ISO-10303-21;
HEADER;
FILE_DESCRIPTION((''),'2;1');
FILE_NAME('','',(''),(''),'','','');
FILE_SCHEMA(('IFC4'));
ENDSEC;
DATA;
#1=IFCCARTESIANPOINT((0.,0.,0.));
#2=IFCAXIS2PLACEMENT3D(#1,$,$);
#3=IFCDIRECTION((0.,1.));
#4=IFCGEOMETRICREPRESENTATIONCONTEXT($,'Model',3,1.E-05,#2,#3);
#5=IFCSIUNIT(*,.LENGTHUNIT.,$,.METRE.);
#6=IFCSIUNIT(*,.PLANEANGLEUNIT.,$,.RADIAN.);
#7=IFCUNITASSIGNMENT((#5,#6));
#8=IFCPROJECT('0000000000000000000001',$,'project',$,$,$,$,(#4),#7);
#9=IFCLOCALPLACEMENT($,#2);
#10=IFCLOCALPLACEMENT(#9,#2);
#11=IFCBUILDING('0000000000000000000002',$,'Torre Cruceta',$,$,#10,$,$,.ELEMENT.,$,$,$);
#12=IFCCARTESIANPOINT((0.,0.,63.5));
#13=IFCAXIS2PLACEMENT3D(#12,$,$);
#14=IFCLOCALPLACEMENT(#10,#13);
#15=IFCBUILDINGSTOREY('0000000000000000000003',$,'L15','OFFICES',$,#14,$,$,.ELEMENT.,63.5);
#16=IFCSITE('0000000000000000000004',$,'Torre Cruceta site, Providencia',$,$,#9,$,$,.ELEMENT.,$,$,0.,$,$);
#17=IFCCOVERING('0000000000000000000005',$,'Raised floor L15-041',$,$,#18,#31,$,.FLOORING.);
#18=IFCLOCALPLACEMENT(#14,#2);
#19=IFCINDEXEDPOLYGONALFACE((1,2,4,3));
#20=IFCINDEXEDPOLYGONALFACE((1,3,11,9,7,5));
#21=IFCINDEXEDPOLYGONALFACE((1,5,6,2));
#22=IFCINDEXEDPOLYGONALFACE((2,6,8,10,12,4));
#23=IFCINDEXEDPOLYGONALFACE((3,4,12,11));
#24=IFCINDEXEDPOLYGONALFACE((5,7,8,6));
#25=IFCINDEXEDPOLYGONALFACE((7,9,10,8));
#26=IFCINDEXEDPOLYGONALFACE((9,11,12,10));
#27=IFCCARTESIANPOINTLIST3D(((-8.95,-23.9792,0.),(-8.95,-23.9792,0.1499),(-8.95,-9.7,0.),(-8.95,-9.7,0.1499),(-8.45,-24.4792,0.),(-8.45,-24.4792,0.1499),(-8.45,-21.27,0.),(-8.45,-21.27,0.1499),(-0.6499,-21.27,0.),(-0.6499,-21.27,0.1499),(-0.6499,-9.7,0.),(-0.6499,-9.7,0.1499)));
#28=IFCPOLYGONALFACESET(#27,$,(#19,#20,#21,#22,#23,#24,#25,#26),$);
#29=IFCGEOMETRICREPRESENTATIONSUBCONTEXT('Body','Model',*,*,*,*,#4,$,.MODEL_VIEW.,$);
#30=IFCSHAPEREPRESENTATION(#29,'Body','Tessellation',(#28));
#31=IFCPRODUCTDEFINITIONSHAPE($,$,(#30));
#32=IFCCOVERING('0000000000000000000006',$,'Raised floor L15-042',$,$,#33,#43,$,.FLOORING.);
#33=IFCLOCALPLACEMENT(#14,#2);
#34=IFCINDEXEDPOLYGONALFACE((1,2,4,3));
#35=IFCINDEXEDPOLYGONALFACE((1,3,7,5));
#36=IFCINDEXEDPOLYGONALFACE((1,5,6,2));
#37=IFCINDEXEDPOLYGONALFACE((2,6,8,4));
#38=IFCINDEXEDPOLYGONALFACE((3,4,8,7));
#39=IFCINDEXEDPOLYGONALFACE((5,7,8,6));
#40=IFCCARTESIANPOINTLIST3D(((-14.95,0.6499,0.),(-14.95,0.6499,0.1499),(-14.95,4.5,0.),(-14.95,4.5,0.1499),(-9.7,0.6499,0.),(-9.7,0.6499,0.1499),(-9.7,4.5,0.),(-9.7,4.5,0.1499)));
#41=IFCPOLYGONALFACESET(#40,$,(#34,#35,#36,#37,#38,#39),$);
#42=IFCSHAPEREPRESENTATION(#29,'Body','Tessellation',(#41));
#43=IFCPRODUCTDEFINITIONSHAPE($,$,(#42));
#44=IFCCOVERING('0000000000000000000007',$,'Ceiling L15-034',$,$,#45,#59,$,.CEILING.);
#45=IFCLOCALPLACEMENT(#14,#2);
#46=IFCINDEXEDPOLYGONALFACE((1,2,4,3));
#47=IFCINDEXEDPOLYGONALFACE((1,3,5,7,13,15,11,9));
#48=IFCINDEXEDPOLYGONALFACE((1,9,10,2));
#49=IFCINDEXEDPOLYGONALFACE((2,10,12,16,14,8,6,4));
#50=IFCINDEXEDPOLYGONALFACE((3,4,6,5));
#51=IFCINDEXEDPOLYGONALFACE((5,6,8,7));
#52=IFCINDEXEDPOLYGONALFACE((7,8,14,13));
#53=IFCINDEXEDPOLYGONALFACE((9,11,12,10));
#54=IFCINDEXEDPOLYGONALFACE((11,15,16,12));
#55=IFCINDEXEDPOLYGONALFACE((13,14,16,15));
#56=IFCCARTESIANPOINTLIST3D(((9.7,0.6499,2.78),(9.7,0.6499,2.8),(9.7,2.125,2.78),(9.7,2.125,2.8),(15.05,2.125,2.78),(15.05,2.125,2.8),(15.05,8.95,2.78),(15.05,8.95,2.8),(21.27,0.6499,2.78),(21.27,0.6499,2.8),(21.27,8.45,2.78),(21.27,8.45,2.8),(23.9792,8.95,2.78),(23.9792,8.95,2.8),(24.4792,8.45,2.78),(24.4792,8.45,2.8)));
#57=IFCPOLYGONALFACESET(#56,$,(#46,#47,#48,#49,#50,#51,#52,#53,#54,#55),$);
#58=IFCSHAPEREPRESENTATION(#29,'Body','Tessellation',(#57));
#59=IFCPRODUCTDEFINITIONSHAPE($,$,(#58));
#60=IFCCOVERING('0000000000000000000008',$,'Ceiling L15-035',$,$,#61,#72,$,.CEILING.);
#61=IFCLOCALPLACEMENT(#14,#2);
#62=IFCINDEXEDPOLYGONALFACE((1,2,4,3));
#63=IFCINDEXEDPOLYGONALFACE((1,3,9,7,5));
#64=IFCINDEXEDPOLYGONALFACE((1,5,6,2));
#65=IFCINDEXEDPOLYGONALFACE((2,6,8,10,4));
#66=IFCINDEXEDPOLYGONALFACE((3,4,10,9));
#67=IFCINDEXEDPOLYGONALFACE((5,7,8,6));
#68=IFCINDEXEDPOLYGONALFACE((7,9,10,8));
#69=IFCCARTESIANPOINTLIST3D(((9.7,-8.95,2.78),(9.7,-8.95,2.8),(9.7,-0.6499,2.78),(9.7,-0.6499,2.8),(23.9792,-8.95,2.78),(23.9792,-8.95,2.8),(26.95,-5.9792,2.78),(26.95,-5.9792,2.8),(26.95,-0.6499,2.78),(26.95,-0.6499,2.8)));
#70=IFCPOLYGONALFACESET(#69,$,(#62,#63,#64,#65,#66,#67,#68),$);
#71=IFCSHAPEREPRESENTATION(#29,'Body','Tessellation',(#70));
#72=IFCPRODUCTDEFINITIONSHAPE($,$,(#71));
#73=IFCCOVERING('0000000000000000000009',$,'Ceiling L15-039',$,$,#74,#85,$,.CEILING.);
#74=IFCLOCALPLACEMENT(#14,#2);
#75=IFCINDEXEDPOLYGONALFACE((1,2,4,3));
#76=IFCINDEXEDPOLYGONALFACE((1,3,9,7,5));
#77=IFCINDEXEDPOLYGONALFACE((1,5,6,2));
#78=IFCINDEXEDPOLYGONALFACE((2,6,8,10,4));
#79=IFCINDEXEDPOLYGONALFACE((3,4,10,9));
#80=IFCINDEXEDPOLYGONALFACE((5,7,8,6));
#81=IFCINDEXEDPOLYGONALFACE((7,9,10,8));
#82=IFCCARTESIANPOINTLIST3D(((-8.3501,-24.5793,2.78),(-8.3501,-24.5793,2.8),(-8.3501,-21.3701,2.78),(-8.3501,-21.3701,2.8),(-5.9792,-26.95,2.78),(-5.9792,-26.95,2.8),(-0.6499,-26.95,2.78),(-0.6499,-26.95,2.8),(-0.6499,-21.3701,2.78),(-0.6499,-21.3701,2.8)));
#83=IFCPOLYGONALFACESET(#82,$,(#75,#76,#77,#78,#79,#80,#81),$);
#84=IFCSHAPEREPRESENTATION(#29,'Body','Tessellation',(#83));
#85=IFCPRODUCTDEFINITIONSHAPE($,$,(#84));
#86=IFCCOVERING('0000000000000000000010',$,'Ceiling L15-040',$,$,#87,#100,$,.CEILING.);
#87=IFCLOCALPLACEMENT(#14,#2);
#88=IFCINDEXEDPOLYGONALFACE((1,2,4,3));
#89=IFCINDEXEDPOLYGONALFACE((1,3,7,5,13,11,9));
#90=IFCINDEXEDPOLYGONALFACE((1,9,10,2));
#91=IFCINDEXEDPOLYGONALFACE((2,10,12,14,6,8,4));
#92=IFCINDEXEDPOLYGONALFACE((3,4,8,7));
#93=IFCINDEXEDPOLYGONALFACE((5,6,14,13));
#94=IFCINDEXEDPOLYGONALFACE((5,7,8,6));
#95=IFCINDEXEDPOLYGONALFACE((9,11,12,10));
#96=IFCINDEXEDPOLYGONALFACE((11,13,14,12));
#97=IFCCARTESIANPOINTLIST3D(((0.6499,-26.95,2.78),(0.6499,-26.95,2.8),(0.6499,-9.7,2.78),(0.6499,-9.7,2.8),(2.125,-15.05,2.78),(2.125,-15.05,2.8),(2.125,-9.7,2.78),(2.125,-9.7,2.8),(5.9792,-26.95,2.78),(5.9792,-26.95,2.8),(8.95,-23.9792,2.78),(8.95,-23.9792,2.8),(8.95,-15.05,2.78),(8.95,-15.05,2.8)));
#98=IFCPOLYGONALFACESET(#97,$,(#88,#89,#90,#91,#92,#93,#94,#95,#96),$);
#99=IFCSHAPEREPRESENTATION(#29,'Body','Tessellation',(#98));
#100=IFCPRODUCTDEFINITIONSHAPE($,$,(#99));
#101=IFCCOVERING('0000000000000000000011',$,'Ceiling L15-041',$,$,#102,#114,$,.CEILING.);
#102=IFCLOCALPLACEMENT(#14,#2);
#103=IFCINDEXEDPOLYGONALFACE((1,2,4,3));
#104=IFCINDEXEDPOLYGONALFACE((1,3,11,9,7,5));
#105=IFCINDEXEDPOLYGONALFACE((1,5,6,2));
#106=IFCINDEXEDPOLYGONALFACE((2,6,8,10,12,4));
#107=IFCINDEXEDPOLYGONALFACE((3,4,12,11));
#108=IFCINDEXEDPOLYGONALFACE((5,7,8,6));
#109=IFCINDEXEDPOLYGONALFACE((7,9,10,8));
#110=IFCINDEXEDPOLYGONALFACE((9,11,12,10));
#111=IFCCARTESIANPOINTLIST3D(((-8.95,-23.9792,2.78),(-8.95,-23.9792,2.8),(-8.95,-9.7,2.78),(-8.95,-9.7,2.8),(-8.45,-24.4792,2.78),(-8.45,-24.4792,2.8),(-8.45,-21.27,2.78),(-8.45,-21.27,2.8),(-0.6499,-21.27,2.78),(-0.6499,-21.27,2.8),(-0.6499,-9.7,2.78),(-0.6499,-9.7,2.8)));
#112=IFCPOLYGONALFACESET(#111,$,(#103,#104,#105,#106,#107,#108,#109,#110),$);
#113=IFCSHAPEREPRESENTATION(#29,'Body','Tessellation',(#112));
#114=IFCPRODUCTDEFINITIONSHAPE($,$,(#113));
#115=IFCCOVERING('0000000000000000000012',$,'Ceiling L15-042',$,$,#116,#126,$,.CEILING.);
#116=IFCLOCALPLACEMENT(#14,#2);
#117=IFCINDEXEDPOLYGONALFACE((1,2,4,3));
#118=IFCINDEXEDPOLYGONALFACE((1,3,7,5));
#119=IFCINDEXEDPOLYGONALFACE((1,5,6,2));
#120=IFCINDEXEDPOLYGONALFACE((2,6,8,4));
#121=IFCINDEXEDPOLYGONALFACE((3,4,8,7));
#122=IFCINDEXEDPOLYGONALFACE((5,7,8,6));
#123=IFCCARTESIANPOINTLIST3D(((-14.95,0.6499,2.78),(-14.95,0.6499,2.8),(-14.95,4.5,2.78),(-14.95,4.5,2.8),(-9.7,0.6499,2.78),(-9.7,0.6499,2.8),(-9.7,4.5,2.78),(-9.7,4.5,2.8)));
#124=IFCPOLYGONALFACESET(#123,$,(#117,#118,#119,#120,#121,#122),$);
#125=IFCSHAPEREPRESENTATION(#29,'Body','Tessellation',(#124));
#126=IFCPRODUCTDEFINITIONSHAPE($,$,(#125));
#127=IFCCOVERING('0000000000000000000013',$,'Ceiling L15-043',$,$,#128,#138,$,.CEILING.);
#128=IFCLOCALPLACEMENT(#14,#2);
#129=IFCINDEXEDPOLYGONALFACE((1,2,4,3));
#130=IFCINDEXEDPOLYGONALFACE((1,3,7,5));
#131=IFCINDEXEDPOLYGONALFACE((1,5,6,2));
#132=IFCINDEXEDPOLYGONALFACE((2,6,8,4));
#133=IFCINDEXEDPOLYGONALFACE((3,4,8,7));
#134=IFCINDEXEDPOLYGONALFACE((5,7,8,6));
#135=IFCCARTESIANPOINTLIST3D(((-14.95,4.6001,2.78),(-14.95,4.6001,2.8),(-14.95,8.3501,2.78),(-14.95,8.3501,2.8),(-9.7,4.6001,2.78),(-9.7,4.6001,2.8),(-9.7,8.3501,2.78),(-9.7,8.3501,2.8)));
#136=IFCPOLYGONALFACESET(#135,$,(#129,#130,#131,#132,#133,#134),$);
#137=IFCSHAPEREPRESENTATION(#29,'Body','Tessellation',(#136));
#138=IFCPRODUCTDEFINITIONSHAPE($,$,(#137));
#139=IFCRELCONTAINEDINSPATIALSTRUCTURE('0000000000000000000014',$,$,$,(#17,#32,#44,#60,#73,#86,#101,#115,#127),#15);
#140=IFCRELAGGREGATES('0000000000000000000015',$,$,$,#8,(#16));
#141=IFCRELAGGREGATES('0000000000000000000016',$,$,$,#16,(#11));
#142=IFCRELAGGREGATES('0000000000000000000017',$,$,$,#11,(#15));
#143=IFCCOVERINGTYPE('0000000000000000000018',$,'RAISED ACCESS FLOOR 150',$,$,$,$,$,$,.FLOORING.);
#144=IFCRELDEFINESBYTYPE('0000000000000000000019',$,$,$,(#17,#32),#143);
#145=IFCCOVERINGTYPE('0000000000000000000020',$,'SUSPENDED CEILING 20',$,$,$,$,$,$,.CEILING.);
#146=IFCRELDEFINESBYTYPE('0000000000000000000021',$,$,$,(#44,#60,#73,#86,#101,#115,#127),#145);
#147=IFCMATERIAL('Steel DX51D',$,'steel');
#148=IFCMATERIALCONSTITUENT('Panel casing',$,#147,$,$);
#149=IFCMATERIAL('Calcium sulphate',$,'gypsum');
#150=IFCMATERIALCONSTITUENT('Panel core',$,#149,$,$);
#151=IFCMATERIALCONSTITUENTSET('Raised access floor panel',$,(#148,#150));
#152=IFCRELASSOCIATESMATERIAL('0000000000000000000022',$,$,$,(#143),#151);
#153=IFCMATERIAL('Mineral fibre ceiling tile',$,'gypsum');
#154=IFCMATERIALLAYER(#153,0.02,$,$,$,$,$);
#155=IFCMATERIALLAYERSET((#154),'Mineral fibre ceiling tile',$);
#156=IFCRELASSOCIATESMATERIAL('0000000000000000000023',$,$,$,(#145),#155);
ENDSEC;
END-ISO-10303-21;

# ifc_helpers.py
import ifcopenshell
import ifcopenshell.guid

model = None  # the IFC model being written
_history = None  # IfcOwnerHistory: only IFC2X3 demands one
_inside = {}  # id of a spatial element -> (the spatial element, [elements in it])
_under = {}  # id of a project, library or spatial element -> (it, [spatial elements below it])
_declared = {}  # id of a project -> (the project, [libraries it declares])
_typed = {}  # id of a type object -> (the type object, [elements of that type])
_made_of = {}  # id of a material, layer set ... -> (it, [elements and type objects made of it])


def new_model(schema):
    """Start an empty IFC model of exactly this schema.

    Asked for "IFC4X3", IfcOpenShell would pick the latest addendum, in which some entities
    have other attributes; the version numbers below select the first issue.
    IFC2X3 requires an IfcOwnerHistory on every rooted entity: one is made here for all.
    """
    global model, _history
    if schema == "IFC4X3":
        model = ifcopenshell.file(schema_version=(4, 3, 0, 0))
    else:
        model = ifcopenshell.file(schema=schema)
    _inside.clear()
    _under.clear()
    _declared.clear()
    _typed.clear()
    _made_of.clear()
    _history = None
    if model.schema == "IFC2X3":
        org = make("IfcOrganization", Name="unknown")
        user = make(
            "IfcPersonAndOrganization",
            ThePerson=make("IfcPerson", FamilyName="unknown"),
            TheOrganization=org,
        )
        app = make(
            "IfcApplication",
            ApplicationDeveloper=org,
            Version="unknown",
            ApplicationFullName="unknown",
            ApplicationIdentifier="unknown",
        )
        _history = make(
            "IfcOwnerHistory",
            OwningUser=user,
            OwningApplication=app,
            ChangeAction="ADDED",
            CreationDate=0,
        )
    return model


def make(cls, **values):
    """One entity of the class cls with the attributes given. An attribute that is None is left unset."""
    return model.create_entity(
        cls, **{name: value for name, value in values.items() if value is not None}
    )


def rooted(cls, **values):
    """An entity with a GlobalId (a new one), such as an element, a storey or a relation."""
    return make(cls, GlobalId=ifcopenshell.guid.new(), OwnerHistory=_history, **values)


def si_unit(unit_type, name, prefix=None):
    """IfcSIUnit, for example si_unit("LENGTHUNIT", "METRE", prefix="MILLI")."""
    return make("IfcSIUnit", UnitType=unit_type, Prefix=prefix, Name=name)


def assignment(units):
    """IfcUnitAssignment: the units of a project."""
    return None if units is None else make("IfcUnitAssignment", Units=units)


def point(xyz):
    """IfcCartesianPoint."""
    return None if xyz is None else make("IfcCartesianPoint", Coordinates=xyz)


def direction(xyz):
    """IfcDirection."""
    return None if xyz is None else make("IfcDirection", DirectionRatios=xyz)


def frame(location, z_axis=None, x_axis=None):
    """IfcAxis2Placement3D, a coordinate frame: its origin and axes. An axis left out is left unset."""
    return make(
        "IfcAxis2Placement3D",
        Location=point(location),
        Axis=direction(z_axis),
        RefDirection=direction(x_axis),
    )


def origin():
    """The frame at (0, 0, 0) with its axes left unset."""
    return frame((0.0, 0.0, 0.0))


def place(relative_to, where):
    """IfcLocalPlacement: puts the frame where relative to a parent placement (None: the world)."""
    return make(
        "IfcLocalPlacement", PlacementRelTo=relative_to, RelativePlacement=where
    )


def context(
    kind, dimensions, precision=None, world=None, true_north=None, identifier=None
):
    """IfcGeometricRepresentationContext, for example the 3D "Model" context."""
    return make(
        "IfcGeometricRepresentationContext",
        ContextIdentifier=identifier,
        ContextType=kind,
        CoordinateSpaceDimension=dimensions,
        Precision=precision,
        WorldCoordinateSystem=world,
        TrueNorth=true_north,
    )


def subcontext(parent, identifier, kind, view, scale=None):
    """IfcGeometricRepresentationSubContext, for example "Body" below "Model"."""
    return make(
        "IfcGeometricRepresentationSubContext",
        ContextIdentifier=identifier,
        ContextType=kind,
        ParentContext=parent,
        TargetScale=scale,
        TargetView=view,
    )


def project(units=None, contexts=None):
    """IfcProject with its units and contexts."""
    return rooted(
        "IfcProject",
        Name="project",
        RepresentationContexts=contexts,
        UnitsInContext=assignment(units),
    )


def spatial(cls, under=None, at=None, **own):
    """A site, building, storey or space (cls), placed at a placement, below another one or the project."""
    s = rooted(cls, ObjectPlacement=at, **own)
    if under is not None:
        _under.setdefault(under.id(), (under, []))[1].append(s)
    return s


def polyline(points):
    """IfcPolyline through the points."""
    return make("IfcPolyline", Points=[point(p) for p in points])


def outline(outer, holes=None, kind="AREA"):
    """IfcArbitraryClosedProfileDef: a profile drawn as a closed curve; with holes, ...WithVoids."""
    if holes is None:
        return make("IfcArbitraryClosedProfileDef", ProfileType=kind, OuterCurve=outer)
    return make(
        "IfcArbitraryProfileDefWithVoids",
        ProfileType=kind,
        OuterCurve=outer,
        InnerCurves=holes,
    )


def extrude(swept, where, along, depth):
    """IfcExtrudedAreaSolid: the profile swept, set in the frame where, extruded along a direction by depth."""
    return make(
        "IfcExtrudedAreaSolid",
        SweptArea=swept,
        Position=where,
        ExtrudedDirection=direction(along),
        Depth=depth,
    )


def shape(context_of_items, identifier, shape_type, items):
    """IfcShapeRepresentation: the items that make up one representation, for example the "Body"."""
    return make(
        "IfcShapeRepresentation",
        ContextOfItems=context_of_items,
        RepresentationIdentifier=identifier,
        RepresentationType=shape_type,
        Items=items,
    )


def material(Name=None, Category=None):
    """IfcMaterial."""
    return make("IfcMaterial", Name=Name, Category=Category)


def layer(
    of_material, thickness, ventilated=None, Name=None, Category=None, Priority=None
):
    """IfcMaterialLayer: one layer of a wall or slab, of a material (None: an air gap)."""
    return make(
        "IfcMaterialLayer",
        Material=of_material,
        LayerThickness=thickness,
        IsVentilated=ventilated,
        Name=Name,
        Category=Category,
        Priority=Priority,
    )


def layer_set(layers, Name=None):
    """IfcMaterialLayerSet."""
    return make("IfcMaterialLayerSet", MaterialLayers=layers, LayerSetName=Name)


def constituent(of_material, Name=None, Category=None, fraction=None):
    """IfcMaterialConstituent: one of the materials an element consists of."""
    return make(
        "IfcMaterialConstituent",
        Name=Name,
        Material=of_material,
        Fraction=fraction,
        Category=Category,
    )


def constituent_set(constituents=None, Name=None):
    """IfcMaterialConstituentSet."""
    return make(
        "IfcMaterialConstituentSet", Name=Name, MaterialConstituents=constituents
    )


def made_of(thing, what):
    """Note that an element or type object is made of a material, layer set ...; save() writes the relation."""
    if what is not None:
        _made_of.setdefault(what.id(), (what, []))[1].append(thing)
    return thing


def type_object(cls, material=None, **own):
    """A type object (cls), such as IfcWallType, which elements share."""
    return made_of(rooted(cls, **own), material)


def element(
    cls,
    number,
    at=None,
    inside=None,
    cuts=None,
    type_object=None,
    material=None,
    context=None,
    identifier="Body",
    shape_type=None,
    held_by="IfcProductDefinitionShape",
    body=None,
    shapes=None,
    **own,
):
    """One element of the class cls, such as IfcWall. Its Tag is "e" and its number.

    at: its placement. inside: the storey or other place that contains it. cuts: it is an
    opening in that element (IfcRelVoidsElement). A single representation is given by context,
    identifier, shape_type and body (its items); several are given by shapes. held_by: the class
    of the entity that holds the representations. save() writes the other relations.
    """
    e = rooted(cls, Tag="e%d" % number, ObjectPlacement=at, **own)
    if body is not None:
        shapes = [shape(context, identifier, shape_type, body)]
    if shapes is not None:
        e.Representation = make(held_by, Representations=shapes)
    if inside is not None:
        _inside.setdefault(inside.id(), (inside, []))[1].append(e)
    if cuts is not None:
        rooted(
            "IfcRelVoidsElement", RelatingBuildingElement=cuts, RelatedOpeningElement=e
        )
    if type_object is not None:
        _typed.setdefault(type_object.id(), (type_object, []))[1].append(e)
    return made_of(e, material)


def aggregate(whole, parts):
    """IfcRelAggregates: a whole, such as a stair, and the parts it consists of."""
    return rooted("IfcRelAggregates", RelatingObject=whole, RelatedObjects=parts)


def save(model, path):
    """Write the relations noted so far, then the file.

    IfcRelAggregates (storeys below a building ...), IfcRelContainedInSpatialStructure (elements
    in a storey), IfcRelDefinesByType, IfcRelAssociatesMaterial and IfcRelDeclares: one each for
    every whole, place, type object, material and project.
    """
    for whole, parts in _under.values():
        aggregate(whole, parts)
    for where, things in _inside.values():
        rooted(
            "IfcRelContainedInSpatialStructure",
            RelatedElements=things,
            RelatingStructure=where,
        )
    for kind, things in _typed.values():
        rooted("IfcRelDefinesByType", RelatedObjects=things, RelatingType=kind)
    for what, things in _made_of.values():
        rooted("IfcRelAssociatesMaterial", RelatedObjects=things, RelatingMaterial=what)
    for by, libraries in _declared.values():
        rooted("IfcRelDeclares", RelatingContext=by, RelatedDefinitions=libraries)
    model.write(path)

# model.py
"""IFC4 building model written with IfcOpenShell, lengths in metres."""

from ifc_helpers import new_model, si_unit, direction, frame, origin, place, context, subcontext, project, spatial, polyline, outline, extrude, material, layer, layer_set, constituent, constituent_set, type_object, element, save


model = new_model("IFC4")

# Units and contexts
model_context = context("Model", 3, precision=1e-05, world=origin(), true_north=direction((0.0, 1.0)))
body_context = subcontext(model_context, "Body", "Model", "MODEL_VIEW")
ifc_project = project(units=[si_unit("LENGTHUNIT", "METRE"), si_unit("PLANEANGLEUNIT", "RADIAN")], contexts=[model_context])

# Site, building, storey
site_placement = place(None, origin())
site = spatial("IfcSite", under=ifc_project, at=site_placement, Name="Torre Cruceta site, Providencia", CompositionType="ELEMENT", RefElevation=0.0)
building_placement = place(site_placement, origin())
building = spatial("IfcBuilding", under=site, at=building_placement, Name="Torre Cruceta", CompositionType="ELEMENT")
storey_placement = place(building_placement, frame((0.0, 0.0, 63.5)))
storey = spatial("IfcBuildingStorey", under=building, at=storey_placement, Name="L15", Description="OFFICES", CompositionType="ELEMENT", Elevation=63.5)

# Coverings
ifc_material_1 = material(Name="Steel DX51D", Category="steel")
ifc_constituent_1 = constituent(ifc_material_1, Name="Panel casing")
ifc_material_2 = material(Name="Calcium sulphate", Category="gypsum")
ifc_constituent_2 = constituent(ifc_material_2, Name="Panel core")
ifc_constituent_set_1 = constituent_set(constituents=[ifc_constituent_1, ifc_constituent_2], Name="Raised access floor panel")
covering_type_1 = type_object("IfcCoveringType", Name="RAISED ACCESS FLOOR 150", PredefinedType="FLOORING", material=ifc_constituent_set_1)
covering_1_placement = place(storey_placement, origin())
element("IfcCovering", 1, at=covering_1_placement, inside=storey, type_object=covering_type_1, Name="Raised floor L15-041", PredefinedType="FLOORING", context=body_context, shape_type="SweptSolid", body=[
    extrude(outline(polyline([(-8.45, -21.27), (-8.45, -24.4792), (-8.95, -23.9792), (-8.95, -9.7), (-0.6499, -9.7), (-0.6499, -21.27), (-8.45, -21.27)])), origin(), (0.0, 0.0, 1.0), 0.1499),
])
covering_2_placement = place(storey_placement, origin())
element("IfcCovering", 2, at=covering_2_placement, inside=storey, type_object=covering_type_1, Name="Raised floor L15-042", PredefinedType="FLOORING", context=body_context, shape_type="SweptSolid", body=[
    extrude(outline(polyline([(-9.7, 4.5), (-9.7, 0.6499), (-14.95, 0.6499), (-14.95, 4.5), (-9.7, 4.5)])), origin(), (0.0, 0.0, 1.0), 0.1499),
])
ifc_material_3 = material(Name="Mineral fibre ceiling tile", Category="gypsum")
ifc_layer_1 = layer(ifc_material_3, 0.02)
ifc_layer_set_1 = layer_set([ifc_layer_1], Name="Mineral fibre ceiling tile")
covering_type_2 = type_object("IfcCoveringType", Name="SUSPENDED CEILING 20", PredefinedType="CEILING", material=ifc_layer_set_1)
covering_3_placement = place(storey_placement, frame((0.0, 0.0, 2.78)))
element("IfcCovering", 3, at=covering_3_placement, inside=storey, type_object=covering_type_2, Name="Ceiling L15-034", PredefinedType="CEILING", context=body_context, shape_type="SweptSolid", body=[
    extrude(outline(polyline([(21.27, 8.45), (21.27, 0.6499), (9.7, 0.6499), (9.7, 2.125), (15.05, 2.125), (15.05, 8.95), (23.9792, 8.95), (24.4792, 8.45), (21.27, 8.45)])), origin(), (0.0, 0.0, 1.0), 0.02),
])
covering_4_placement = place(storey_placement, frame((0.0, 0.0, 2.78)))
element("IfcCovering", 4, at=covering_4_placement, inside=storey, type_object=covering_type_2, Name="Ceiling L15-035", PredefinedType="CEILING", context=body_context, shape_type="SweptSolid", body=[
    extrude(outline(polyline([(26.95, -5.9792), (23.9792, -8.95), (9.7, -8.95), (9.7, -0.6499), (26.95, -0.6499), (26.95, -5.9792)])), origin(), (0.0, 0.0, 1.0), 0.02),
])
covering_5_placement = place(storey_placement, frame((0.0, 0.0, 2.78)))
element("IfcCovering", 5, at=covering_5_placement, inside=storey, type_object=covering_type_2, Name="Ceiling L15-039", PredefinedType="CEILING", context=body_context, shape_type="SweptSolid", body=[
    extrude(outline(polyline([(-8.3501, -24.5793), (-8.3501, -21.3701), (-0.6499, -21.3701), (-0.6499, -26.95), (-5.9792, -26.95), (-8.3501, -24.5793)])), origin(), (0.0, 0.0, 1.0), 0.02),
])
covering_6_placement = place(storey_placement, frame((0.0, 0.0, 2.78)))
element("IfcCovering", 6, at=covering_6_placement, inside=storey, type_object=covering_type_2, Name="Ceiling L15-040", PredefinedType="CEILING", context=body_context, shape_type="SweptSolid", body=[
    extrude(outline(polyline([(0.6499, -26.95), (0.6499, -9.7), (2.125, -9.7), (2.125, -15.05), (8.95, -15.05), (8.95, -23.9792), (5.9792, -26.95), (0.6499, -26.95)])), origin(), (0.0, 0.0, 1.0), 0.02),
])
covering_7_placement = place(storey_placement, frame((0.0, 0.0, 2.78)))
element("IfcCovering", 7, at=covering_7_placement, inside=storey, type_object=covering_type_2, Name="Ceiling L15-041", PredefinedType="CEILING", context=body_context, shape_type="SweptSolid", body=[
    extrude(outline(polyline([(-8.45, -21.27), (-8.45, -24.4792), (-8.95, -23.9792), (-8.95, -9.7), (-0.6499, -9.7), (-0.6499, -21.27), (-8.45, -21.27)])), origin(), (0.0, 0.0, 1.0), 0.02),
])
covering_8_placement = place(storey_placement, frame((0.0, 0.0, 2.78)))
element("IfcCovering", 8, at=covering_8_placement, inside=storey, type_object=covering_type_2, Name="Ceiling L15-042", PredefinedType="CEILING", context=body_context, shape_type="SweptSolid", body=[
    extrude(outline(polyline([(-9.7, 4.5), (-9.7, 0.6499), (-14.95, 0.6499), (-14.95, 4.5), (-9.7, 4.5)])), origin(), (0.0, 0.0, 1.0), 0.02),
])
covering_9_placement = place(storey_placement, frame((0.0, 0.0, 2.78)))
element("IfcCovering", 9, at=covering_9_placement, inside=storey, type_object=covering_type_2, Name="Ceiling L15-043", PredefinedType="CEILING", context=body_context, shape_type="SweptSolid", body=[
    extrude(outline(polyline([(-9.7, 8.3501), (-9.7, 4.6001), (-14.95, 4.6001), (-14.95, 8.3501), (-9.7, 8.3501)])), origin(), (0.0, 0.0, 1.0), 0.02),
])

save(model, "model.ifc")
